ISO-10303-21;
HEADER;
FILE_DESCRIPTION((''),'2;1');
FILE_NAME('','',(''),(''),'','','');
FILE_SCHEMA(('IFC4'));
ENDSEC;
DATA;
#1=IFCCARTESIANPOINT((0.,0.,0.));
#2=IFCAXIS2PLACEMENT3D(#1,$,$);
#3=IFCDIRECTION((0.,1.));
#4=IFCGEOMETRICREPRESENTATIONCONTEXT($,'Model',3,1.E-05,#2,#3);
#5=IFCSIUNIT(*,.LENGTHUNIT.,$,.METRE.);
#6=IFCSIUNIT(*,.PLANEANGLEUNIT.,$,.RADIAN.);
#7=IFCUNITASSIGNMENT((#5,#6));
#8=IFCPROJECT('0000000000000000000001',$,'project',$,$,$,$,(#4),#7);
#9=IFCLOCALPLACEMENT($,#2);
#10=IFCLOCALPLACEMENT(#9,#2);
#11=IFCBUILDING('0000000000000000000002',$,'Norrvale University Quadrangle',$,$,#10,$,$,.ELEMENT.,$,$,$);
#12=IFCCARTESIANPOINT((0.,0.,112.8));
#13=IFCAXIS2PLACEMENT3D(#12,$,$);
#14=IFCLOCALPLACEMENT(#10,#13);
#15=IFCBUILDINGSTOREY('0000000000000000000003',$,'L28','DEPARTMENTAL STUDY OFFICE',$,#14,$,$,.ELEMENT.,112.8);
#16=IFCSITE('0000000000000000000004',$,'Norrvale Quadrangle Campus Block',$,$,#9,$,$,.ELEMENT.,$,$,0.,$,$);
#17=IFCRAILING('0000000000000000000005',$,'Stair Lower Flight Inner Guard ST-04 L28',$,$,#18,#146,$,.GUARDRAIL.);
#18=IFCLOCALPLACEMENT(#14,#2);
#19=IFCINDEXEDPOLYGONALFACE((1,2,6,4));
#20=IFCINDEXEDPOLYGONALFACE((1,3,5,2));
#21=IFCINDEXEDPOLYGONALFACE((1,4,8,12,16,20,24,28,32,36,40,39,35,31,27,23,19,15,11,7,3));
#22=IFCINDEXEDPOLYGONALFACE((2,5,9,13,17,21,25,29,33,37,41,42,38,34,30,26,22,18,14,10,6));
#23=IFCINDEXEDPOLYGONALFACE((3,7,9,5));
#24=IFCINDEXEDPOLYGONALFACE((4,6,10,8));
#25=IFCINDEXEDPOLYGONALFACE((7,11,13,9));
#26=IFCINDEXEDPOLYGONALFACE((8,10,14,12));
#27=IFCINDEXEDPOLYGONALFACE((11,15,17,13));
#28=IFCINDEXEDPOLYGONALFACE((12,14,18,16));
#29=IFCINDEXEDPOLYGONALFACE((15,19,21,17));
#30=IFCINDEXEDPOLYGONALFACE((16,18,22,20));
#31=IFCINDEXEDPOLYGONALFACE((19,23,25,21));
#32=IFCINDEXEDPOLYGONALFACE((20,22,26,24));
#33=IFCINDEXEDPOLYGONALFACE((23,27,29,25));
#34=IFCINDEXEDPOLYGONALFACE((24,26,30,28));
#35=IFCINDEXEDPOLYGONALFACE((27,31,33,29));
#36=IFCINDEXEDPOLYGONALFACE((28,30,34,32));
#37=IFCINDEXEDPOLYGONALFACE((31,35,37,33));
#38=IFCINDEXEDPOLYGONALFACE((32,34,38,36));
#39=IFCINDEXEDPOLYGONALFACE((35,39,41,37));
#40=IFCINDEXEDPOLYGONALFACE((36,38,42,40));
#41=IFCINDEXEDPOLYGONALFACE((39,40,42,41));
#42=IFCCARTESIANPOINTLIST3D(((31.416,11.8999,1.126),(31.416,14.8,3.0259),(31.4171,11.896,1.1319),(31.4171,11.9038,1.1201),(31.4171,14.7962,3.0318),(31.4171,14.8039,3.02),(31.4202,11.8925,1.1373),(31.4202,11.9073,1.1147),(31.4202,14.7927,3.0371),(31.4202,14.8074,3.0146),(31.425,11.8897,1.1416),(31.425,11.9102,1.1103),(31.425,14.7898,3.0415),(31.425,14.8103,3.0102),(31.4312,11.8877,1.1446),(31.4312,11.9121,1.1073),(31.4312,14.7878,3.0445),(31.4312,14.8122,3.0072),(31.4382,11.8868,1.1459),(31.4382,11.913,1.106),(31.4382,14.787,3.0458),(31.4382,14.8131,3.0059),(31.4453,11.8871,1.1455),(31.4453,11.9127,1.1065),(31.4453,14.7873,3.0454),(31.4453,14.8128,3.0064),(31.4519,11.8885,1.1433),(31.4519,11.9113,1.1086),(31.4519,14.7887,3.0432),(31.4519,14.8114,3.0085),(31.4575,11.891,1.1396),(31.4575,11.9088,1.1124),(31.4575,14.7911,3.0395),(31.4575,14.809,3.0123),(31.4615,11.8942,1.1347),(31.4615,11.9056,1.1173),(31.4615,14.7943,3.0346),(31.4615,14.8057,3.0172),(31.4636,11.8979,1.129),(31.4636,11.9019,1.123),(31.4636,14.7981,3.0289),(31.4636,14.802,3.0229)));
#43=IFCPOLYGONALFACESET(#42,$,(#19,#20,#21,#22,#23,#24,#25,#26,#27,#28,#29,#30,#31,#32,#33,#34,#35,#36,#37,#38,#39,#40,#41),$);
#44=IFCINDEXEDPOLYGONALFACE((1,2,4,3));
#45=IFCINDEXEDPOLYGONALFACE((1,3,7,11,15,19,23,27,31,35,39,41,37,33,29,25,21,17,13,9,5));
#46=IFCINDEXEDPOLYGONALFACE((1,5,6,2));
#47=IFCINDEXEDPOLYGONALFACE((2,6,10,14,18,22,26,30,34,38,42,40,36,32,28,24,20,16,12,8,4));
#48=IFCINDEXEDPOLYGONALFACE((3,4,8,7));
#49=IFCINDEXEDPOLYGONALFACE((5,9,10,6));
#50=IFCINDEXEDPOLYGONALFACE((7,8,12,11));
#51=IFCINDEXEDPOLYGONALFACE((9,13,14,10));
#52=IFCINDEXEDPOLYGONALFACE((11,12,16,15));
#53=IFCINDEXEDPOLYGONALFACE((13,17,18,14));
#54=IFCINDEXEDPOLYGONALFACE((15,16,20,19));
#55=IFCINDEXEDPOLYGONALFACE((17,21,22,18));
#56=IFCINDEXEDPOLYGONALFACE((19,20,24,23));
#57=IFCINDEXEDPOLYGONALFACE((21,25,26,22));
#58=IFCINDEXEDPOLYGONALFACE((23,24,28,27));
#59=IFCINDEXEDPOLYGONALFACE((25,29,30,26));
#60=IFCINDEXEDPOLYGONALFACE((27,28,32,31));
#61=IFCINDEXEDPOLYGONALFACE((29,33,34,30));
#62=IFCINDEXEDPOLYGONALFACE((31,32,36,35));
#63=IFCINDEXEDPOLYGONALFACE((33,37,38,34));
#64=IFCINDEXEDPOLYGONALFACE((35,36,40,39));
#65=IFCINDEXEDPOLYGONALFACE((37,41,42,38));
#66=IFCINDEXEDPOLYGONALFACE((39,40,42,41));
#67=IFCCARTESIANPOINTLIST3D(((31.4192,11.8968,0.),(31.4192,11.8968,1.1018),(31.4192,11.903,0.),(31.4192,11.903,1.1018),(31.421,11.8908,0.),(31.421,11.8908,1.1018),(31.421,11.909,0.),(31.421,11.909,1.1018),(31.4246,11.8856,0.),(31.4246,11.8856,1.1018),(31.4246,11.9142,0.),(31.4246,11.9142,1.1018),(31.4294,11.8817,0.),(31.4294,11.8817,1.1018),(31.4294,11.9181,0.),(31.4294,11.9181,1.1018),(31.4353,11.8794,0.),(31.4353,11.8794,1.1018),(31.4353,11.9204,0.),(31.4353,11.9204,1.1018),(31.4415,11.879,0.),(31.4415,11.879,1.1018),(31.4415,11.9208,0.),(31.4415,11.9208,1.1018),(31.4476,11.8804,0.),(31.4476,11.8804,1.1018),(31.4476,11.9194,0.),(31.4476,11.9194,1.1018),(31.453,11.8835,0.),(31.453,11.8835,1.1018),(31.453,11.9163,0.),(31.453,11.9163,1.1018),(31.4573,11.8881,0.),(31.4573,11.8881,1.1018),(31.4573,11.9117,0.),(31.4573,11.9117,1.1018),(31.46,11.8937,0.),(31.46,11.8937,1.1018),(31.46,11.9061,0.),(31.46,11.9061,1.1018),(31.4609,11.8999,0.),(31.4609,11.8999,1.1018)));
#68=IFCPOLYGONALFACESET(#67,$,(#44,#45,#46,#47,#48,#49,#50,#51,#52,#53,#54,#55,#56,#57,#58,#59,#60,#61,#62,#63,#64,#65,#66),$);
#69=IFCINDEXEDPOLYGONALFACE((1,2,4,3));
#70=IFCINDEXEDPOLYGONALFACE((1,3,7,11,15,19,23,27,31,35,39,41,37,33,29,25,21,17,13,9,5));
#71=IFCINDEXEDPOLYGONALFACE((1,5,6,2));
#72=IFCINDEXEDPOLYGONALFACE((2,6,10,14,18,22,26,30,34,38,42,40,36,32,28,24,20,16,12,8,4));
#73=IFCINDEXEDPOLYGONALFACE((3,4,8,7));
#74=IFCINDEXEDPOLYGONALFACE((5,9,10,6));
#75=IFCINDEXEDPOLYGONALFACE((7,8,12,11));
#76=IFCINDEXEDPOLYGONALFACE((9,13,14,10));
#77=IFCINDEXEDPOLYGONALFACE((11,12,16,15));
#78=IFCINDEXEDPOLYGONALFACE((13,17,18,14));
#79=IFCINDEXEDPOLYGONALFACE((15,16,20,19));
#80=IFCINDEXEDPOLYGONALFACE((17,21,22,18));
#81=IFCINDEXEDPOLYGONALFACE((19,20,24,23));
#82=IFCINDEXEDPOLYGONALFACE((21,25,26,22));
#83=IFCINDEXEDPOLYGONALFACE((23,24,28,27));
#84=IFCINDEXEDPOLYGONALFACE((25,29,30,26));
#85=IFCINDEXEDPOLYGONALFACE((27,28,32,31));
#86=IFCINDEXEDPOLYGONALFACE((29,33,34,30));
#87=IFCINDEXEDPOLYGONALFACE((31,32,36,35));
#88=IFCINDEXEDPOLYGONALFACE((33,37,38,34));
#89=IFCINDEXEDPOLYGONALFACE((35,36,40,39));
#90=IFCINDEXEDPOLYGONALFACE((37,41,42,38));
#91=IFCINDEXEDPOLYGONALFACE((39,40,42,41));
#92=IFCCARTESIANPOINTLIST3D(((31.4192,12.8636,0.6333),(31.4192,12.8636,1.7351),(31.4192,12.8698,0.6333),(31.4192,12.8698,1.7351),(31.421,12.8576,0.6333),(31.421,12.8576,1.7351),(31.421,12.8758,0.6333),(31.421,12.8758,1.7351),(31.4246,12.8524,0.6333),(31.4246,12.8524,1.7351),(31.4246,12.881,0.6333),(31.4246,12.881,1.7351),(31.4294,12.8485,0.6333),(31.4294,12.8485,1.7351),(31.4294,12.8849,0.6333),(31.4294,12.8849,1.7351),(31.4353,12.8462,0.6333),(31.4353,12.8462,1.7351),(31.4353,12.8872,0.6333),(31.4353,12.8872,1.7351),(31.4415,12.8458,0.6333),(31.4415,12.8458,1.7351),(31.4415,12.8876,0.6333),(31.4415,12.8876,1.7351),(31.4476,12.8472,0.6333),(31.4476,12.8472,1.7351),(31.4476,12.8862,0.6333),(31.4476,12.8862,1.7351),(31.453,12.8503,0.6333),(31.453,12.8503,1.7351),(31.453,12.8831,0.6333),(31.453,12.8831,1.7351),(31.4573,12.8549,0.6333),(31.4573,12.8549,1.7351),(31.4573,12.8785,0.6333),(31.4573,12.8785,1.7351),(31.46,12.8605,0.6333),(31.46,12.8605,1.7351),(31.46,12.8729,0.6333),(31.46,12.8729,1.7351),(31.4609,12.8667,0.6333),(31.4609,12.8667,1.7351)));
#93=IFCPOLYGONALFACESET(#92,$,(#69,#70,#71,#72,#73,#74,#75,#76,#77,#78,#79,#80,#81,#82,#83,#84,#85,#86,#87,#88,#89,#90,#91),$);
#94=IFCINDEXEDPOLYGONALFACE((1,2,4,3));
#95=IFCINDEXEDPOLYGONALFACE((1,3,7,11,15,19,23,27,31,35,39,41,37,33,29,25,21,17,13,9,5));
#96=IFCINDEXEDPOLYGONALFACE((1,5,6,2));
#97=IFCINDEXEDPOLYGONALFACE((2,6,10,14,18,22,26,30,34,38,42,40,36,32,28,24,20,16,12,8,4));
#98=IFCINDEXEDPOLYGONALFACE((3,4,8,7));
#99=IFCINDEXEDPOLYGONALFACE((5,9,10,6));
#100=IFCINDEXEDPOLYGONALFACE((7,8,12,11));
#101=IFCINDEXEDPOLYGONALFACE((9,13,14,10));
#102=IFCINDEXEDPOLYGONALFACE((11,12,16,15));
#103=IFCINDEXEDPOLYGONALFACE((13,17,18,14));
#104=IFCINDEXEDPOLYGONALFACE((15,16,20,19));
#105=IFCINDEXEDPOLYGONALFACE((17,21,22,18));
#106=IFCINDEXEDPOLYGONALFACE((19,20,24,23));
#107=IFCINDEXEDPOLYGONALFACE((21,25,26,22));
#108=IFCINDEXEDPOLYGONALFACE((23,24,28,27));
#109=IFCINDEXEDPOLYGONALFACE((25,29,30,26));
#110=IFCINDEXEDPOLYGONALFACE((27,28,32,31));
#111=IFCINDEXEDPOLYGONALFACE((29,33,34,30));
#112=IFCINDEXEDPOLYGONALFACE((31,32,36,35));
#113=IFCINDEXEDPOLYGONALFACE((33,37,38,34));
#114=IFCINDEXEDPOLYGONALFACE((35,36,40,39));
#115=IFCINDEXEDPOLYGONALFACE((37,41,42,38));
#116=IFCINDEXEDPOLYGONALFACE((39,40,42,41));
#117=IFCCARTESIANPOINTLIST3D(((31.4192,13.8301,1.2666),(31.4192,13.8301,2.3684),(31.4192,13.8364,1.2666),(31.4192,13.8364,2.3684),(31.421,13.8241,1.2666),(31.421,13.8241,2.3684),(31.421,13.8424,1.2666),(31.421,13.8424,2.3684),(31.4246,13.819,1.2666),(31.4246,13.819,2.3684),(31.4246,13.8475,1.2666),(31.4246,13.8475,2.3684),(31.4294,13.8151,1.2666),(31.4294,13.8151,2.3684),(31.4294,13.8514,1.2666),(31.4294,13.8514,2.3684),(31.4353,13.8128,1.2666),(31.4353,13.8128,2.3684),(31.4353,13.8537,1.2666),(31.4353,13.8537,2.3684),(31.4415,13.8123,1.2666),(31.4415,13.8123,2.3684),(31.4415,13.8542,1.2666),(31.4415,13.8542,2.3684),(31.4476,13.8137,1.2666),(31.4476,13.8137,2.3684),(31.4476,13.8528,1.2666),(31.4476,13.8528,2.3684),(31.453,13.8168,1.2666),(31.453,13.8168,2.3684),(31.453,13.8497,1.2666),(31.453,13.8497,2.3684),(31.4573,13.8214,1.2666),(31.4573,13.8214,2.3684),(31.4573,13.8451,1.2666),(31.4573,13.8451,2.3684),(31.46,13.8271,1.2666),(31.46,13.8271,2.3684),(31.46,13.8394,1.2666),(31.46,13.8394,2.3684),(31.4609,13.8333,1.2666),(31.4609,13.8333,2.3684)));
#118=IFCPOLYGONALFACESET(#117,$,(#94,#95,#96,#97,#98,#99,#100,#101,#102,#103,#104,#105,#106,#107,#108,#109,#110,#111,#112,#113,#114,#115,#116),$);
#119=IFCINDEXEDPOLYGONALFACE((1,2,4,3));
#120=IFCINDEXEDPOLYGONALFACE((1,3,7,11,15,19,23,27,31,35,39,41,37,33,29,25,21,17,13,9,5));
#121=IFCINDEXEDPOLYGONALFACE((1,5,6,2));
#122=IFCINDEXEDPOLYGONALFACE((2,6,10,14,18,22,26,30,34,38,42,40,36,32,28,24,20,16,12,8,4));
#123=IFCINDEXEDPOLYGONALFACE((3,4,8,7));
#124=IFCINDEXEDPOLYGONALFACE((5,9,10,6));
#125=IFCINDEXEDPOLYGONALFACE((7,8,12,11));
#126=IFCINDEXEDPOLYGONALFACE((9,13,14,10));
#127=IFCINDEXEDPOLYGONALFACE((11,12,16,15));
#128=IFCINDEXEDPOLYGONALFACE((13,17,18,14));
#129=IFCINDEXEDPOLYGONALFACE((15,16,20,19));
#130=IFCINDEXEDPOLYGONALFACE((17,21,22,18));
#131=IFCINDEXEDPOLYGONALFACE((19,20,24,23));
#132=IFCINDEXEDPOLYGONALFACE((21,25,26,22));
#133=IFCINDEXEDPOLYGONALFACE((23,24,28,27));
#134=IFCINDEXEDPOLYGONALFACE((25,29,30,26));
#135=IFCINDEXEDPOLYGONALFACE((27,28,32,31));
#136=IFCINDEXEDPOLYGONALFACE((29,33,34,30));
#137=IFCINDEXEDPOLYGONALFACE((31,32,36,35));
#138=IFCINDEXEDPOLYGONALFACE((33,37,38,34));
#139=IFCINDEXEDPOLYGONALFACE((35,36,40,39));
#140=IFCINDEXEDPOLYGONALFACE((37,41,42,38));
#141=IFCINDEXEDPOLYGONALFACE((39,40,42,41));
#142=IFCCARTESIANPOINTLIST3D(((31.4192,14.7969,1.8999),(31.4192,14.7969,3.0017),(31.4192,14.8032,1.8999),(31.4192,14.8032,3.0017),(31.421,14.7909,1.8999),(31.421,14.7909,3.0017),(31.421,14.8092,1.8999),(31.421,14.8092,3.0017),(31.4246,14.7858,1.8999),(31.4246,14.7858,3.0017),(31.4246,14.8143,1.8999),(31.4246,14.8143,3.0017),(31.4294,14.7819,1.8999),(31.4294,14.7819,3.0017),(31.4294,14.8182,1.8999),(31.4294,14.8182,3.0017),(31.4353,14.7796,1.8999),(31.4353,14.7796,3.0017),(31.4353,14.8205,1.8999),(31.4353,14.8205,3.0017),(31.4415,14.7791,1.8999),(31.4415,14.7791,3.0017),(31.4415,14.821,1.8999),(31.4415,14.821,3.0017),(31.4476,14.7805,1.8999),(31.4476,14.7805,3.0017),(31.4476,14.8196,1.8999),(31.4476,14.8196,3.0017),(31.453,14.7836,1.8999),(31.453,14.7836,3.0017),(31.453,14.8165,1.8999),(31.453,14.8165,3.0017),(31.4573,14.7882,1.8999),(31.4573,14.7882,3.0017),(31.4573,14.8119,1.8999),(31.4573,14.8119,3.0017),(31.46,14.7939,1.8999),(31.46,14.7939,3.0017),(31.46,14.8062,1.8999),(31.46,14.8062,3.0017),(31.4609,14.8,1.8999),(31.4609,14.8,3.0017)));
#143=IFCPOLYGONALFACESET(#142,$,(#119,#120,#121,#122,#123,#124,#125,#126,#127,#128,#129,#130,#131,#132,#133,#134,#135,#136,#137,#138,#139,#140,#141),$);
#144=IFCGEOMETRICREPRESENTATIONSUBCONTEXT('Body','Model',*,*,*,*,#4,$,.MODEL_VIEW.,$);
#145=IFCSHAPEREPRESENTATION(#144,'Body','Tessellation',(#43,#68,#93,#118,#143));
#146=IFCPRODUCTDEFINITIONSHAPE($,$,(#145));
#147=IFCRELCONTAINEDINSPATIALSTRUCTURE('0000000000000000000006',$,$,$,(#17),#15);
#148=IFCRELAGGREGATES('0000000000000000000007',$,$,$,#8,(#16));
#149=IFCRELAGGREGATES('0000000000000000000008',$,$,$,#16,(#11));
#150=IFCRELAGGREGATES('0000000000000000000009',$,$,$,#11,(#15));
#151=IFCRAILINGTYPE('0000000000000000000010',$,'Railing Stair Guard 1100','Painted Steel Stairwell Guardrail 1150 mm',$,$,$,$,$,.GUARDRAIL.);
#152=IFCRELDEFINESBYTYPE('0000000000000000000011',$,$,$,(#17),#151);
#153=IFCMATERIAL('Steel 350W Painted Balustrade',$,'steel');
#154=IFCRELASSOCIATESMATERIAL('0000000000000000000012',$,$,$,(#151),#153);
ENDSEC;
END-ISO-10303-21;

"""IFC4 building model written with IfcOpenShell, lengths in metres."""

from ifc_helpers import new_model, si_unit, direction, frame, origin, origin_2d, place, context, subcontext, project, spatial, circle, extrude, material, type_object, element, save


model = new_model("IFC4")

# Units and contexts
model_context = context("Model", 3, precision=1e-05, world=origin(), true_north=direction((0.0, 1.0)))
body_context = subcontext(model_context, "Body", "Model", "MODEL_VIEW")
ifc_project = project(units=[si_unit("LENGTHUNIT", "METRE"), si_unit("PLANEANGLEUNIT", "RADIAN")], contexts=[model_context])

# Site, building, storey
site_placement = place(None, origin())
site = spatial("IfcSite", under=ifc_project, at=site_placement, Name="Norrvale Quadrangle Campus Block", CompositionType="ELEMENT", RefElevation=0.0)
building_placement = place(site_placement, origin())
building = spatial("IfcBuilding", under=site, at=building_placement, Name="Norrvale University Quadrangle", CompositionType="ELEMENT")
storey_placement = place(building_placement, frame((0.0, 0.0, 112.8)))
storey = spatial("IfcBuildingStorey", under=building, at=storey_placement, Name="L28", Description="DEPARTMENTAL STUDY OFFICE", CompositionType="ELEMENT", Elevation=112.8)

# Railing
ifc_material_1 = material(Name="Steel 350W Painted Balustrade", Category="steel")
railing_type_1 = type_object("IfcRailingType", Name="Railing Stair Guard 1100", Description="Painted Steel Stairwell Guardrail 1150 mm", PredefinedType="GUARDRAIL", material=ifc_material_1)
railing_1_placement = place(storey_placement, frame((31.4399, 11.8999, 0.0)))
element("IfcRailing", 1, at=railing_1_placement, inside=storey, type_object=railing_type_1, Name="Stair Lower Flight Inner Guard ST-04 L28", PredefinedType="GUARDRAIL", context=body_context, shape_type="SweptSolid", body=[
    extrude(circle(Radius=0.0239, at=origin_2d()), frame((0.0, 0.0, 1.126), z_axis=(0.0, 0.836487, 0.547987), x_axis=(-1.0, 0.0, 0.0)), (0.0, 0.0, 1.0), 3.467),
    extrude(circle(Radius=0.021, at=origin_2d()), origin(), (0.0, 0.0, 1.0), 1.1018),
    extrude(circle(Radius=0.021, at=origin_2d()), frame((0.0, 0.9668, 0.6333)), (0.0, 0.0, 1.0), 1.1018),
    extrude(circle(Radius=0.021, at=origin_2d()), frame((0.0, 1.9333, 1.2666)), (0.0, 0.0, 1.0), 1.1018),
    extrude(circle(Radius=0.021, at=origin_2d()), frame((0.0, 2.9001, 1.8999)), (0.0, 0.0, 1.0), 1.1018),
])

save(model, "model.ifc")
